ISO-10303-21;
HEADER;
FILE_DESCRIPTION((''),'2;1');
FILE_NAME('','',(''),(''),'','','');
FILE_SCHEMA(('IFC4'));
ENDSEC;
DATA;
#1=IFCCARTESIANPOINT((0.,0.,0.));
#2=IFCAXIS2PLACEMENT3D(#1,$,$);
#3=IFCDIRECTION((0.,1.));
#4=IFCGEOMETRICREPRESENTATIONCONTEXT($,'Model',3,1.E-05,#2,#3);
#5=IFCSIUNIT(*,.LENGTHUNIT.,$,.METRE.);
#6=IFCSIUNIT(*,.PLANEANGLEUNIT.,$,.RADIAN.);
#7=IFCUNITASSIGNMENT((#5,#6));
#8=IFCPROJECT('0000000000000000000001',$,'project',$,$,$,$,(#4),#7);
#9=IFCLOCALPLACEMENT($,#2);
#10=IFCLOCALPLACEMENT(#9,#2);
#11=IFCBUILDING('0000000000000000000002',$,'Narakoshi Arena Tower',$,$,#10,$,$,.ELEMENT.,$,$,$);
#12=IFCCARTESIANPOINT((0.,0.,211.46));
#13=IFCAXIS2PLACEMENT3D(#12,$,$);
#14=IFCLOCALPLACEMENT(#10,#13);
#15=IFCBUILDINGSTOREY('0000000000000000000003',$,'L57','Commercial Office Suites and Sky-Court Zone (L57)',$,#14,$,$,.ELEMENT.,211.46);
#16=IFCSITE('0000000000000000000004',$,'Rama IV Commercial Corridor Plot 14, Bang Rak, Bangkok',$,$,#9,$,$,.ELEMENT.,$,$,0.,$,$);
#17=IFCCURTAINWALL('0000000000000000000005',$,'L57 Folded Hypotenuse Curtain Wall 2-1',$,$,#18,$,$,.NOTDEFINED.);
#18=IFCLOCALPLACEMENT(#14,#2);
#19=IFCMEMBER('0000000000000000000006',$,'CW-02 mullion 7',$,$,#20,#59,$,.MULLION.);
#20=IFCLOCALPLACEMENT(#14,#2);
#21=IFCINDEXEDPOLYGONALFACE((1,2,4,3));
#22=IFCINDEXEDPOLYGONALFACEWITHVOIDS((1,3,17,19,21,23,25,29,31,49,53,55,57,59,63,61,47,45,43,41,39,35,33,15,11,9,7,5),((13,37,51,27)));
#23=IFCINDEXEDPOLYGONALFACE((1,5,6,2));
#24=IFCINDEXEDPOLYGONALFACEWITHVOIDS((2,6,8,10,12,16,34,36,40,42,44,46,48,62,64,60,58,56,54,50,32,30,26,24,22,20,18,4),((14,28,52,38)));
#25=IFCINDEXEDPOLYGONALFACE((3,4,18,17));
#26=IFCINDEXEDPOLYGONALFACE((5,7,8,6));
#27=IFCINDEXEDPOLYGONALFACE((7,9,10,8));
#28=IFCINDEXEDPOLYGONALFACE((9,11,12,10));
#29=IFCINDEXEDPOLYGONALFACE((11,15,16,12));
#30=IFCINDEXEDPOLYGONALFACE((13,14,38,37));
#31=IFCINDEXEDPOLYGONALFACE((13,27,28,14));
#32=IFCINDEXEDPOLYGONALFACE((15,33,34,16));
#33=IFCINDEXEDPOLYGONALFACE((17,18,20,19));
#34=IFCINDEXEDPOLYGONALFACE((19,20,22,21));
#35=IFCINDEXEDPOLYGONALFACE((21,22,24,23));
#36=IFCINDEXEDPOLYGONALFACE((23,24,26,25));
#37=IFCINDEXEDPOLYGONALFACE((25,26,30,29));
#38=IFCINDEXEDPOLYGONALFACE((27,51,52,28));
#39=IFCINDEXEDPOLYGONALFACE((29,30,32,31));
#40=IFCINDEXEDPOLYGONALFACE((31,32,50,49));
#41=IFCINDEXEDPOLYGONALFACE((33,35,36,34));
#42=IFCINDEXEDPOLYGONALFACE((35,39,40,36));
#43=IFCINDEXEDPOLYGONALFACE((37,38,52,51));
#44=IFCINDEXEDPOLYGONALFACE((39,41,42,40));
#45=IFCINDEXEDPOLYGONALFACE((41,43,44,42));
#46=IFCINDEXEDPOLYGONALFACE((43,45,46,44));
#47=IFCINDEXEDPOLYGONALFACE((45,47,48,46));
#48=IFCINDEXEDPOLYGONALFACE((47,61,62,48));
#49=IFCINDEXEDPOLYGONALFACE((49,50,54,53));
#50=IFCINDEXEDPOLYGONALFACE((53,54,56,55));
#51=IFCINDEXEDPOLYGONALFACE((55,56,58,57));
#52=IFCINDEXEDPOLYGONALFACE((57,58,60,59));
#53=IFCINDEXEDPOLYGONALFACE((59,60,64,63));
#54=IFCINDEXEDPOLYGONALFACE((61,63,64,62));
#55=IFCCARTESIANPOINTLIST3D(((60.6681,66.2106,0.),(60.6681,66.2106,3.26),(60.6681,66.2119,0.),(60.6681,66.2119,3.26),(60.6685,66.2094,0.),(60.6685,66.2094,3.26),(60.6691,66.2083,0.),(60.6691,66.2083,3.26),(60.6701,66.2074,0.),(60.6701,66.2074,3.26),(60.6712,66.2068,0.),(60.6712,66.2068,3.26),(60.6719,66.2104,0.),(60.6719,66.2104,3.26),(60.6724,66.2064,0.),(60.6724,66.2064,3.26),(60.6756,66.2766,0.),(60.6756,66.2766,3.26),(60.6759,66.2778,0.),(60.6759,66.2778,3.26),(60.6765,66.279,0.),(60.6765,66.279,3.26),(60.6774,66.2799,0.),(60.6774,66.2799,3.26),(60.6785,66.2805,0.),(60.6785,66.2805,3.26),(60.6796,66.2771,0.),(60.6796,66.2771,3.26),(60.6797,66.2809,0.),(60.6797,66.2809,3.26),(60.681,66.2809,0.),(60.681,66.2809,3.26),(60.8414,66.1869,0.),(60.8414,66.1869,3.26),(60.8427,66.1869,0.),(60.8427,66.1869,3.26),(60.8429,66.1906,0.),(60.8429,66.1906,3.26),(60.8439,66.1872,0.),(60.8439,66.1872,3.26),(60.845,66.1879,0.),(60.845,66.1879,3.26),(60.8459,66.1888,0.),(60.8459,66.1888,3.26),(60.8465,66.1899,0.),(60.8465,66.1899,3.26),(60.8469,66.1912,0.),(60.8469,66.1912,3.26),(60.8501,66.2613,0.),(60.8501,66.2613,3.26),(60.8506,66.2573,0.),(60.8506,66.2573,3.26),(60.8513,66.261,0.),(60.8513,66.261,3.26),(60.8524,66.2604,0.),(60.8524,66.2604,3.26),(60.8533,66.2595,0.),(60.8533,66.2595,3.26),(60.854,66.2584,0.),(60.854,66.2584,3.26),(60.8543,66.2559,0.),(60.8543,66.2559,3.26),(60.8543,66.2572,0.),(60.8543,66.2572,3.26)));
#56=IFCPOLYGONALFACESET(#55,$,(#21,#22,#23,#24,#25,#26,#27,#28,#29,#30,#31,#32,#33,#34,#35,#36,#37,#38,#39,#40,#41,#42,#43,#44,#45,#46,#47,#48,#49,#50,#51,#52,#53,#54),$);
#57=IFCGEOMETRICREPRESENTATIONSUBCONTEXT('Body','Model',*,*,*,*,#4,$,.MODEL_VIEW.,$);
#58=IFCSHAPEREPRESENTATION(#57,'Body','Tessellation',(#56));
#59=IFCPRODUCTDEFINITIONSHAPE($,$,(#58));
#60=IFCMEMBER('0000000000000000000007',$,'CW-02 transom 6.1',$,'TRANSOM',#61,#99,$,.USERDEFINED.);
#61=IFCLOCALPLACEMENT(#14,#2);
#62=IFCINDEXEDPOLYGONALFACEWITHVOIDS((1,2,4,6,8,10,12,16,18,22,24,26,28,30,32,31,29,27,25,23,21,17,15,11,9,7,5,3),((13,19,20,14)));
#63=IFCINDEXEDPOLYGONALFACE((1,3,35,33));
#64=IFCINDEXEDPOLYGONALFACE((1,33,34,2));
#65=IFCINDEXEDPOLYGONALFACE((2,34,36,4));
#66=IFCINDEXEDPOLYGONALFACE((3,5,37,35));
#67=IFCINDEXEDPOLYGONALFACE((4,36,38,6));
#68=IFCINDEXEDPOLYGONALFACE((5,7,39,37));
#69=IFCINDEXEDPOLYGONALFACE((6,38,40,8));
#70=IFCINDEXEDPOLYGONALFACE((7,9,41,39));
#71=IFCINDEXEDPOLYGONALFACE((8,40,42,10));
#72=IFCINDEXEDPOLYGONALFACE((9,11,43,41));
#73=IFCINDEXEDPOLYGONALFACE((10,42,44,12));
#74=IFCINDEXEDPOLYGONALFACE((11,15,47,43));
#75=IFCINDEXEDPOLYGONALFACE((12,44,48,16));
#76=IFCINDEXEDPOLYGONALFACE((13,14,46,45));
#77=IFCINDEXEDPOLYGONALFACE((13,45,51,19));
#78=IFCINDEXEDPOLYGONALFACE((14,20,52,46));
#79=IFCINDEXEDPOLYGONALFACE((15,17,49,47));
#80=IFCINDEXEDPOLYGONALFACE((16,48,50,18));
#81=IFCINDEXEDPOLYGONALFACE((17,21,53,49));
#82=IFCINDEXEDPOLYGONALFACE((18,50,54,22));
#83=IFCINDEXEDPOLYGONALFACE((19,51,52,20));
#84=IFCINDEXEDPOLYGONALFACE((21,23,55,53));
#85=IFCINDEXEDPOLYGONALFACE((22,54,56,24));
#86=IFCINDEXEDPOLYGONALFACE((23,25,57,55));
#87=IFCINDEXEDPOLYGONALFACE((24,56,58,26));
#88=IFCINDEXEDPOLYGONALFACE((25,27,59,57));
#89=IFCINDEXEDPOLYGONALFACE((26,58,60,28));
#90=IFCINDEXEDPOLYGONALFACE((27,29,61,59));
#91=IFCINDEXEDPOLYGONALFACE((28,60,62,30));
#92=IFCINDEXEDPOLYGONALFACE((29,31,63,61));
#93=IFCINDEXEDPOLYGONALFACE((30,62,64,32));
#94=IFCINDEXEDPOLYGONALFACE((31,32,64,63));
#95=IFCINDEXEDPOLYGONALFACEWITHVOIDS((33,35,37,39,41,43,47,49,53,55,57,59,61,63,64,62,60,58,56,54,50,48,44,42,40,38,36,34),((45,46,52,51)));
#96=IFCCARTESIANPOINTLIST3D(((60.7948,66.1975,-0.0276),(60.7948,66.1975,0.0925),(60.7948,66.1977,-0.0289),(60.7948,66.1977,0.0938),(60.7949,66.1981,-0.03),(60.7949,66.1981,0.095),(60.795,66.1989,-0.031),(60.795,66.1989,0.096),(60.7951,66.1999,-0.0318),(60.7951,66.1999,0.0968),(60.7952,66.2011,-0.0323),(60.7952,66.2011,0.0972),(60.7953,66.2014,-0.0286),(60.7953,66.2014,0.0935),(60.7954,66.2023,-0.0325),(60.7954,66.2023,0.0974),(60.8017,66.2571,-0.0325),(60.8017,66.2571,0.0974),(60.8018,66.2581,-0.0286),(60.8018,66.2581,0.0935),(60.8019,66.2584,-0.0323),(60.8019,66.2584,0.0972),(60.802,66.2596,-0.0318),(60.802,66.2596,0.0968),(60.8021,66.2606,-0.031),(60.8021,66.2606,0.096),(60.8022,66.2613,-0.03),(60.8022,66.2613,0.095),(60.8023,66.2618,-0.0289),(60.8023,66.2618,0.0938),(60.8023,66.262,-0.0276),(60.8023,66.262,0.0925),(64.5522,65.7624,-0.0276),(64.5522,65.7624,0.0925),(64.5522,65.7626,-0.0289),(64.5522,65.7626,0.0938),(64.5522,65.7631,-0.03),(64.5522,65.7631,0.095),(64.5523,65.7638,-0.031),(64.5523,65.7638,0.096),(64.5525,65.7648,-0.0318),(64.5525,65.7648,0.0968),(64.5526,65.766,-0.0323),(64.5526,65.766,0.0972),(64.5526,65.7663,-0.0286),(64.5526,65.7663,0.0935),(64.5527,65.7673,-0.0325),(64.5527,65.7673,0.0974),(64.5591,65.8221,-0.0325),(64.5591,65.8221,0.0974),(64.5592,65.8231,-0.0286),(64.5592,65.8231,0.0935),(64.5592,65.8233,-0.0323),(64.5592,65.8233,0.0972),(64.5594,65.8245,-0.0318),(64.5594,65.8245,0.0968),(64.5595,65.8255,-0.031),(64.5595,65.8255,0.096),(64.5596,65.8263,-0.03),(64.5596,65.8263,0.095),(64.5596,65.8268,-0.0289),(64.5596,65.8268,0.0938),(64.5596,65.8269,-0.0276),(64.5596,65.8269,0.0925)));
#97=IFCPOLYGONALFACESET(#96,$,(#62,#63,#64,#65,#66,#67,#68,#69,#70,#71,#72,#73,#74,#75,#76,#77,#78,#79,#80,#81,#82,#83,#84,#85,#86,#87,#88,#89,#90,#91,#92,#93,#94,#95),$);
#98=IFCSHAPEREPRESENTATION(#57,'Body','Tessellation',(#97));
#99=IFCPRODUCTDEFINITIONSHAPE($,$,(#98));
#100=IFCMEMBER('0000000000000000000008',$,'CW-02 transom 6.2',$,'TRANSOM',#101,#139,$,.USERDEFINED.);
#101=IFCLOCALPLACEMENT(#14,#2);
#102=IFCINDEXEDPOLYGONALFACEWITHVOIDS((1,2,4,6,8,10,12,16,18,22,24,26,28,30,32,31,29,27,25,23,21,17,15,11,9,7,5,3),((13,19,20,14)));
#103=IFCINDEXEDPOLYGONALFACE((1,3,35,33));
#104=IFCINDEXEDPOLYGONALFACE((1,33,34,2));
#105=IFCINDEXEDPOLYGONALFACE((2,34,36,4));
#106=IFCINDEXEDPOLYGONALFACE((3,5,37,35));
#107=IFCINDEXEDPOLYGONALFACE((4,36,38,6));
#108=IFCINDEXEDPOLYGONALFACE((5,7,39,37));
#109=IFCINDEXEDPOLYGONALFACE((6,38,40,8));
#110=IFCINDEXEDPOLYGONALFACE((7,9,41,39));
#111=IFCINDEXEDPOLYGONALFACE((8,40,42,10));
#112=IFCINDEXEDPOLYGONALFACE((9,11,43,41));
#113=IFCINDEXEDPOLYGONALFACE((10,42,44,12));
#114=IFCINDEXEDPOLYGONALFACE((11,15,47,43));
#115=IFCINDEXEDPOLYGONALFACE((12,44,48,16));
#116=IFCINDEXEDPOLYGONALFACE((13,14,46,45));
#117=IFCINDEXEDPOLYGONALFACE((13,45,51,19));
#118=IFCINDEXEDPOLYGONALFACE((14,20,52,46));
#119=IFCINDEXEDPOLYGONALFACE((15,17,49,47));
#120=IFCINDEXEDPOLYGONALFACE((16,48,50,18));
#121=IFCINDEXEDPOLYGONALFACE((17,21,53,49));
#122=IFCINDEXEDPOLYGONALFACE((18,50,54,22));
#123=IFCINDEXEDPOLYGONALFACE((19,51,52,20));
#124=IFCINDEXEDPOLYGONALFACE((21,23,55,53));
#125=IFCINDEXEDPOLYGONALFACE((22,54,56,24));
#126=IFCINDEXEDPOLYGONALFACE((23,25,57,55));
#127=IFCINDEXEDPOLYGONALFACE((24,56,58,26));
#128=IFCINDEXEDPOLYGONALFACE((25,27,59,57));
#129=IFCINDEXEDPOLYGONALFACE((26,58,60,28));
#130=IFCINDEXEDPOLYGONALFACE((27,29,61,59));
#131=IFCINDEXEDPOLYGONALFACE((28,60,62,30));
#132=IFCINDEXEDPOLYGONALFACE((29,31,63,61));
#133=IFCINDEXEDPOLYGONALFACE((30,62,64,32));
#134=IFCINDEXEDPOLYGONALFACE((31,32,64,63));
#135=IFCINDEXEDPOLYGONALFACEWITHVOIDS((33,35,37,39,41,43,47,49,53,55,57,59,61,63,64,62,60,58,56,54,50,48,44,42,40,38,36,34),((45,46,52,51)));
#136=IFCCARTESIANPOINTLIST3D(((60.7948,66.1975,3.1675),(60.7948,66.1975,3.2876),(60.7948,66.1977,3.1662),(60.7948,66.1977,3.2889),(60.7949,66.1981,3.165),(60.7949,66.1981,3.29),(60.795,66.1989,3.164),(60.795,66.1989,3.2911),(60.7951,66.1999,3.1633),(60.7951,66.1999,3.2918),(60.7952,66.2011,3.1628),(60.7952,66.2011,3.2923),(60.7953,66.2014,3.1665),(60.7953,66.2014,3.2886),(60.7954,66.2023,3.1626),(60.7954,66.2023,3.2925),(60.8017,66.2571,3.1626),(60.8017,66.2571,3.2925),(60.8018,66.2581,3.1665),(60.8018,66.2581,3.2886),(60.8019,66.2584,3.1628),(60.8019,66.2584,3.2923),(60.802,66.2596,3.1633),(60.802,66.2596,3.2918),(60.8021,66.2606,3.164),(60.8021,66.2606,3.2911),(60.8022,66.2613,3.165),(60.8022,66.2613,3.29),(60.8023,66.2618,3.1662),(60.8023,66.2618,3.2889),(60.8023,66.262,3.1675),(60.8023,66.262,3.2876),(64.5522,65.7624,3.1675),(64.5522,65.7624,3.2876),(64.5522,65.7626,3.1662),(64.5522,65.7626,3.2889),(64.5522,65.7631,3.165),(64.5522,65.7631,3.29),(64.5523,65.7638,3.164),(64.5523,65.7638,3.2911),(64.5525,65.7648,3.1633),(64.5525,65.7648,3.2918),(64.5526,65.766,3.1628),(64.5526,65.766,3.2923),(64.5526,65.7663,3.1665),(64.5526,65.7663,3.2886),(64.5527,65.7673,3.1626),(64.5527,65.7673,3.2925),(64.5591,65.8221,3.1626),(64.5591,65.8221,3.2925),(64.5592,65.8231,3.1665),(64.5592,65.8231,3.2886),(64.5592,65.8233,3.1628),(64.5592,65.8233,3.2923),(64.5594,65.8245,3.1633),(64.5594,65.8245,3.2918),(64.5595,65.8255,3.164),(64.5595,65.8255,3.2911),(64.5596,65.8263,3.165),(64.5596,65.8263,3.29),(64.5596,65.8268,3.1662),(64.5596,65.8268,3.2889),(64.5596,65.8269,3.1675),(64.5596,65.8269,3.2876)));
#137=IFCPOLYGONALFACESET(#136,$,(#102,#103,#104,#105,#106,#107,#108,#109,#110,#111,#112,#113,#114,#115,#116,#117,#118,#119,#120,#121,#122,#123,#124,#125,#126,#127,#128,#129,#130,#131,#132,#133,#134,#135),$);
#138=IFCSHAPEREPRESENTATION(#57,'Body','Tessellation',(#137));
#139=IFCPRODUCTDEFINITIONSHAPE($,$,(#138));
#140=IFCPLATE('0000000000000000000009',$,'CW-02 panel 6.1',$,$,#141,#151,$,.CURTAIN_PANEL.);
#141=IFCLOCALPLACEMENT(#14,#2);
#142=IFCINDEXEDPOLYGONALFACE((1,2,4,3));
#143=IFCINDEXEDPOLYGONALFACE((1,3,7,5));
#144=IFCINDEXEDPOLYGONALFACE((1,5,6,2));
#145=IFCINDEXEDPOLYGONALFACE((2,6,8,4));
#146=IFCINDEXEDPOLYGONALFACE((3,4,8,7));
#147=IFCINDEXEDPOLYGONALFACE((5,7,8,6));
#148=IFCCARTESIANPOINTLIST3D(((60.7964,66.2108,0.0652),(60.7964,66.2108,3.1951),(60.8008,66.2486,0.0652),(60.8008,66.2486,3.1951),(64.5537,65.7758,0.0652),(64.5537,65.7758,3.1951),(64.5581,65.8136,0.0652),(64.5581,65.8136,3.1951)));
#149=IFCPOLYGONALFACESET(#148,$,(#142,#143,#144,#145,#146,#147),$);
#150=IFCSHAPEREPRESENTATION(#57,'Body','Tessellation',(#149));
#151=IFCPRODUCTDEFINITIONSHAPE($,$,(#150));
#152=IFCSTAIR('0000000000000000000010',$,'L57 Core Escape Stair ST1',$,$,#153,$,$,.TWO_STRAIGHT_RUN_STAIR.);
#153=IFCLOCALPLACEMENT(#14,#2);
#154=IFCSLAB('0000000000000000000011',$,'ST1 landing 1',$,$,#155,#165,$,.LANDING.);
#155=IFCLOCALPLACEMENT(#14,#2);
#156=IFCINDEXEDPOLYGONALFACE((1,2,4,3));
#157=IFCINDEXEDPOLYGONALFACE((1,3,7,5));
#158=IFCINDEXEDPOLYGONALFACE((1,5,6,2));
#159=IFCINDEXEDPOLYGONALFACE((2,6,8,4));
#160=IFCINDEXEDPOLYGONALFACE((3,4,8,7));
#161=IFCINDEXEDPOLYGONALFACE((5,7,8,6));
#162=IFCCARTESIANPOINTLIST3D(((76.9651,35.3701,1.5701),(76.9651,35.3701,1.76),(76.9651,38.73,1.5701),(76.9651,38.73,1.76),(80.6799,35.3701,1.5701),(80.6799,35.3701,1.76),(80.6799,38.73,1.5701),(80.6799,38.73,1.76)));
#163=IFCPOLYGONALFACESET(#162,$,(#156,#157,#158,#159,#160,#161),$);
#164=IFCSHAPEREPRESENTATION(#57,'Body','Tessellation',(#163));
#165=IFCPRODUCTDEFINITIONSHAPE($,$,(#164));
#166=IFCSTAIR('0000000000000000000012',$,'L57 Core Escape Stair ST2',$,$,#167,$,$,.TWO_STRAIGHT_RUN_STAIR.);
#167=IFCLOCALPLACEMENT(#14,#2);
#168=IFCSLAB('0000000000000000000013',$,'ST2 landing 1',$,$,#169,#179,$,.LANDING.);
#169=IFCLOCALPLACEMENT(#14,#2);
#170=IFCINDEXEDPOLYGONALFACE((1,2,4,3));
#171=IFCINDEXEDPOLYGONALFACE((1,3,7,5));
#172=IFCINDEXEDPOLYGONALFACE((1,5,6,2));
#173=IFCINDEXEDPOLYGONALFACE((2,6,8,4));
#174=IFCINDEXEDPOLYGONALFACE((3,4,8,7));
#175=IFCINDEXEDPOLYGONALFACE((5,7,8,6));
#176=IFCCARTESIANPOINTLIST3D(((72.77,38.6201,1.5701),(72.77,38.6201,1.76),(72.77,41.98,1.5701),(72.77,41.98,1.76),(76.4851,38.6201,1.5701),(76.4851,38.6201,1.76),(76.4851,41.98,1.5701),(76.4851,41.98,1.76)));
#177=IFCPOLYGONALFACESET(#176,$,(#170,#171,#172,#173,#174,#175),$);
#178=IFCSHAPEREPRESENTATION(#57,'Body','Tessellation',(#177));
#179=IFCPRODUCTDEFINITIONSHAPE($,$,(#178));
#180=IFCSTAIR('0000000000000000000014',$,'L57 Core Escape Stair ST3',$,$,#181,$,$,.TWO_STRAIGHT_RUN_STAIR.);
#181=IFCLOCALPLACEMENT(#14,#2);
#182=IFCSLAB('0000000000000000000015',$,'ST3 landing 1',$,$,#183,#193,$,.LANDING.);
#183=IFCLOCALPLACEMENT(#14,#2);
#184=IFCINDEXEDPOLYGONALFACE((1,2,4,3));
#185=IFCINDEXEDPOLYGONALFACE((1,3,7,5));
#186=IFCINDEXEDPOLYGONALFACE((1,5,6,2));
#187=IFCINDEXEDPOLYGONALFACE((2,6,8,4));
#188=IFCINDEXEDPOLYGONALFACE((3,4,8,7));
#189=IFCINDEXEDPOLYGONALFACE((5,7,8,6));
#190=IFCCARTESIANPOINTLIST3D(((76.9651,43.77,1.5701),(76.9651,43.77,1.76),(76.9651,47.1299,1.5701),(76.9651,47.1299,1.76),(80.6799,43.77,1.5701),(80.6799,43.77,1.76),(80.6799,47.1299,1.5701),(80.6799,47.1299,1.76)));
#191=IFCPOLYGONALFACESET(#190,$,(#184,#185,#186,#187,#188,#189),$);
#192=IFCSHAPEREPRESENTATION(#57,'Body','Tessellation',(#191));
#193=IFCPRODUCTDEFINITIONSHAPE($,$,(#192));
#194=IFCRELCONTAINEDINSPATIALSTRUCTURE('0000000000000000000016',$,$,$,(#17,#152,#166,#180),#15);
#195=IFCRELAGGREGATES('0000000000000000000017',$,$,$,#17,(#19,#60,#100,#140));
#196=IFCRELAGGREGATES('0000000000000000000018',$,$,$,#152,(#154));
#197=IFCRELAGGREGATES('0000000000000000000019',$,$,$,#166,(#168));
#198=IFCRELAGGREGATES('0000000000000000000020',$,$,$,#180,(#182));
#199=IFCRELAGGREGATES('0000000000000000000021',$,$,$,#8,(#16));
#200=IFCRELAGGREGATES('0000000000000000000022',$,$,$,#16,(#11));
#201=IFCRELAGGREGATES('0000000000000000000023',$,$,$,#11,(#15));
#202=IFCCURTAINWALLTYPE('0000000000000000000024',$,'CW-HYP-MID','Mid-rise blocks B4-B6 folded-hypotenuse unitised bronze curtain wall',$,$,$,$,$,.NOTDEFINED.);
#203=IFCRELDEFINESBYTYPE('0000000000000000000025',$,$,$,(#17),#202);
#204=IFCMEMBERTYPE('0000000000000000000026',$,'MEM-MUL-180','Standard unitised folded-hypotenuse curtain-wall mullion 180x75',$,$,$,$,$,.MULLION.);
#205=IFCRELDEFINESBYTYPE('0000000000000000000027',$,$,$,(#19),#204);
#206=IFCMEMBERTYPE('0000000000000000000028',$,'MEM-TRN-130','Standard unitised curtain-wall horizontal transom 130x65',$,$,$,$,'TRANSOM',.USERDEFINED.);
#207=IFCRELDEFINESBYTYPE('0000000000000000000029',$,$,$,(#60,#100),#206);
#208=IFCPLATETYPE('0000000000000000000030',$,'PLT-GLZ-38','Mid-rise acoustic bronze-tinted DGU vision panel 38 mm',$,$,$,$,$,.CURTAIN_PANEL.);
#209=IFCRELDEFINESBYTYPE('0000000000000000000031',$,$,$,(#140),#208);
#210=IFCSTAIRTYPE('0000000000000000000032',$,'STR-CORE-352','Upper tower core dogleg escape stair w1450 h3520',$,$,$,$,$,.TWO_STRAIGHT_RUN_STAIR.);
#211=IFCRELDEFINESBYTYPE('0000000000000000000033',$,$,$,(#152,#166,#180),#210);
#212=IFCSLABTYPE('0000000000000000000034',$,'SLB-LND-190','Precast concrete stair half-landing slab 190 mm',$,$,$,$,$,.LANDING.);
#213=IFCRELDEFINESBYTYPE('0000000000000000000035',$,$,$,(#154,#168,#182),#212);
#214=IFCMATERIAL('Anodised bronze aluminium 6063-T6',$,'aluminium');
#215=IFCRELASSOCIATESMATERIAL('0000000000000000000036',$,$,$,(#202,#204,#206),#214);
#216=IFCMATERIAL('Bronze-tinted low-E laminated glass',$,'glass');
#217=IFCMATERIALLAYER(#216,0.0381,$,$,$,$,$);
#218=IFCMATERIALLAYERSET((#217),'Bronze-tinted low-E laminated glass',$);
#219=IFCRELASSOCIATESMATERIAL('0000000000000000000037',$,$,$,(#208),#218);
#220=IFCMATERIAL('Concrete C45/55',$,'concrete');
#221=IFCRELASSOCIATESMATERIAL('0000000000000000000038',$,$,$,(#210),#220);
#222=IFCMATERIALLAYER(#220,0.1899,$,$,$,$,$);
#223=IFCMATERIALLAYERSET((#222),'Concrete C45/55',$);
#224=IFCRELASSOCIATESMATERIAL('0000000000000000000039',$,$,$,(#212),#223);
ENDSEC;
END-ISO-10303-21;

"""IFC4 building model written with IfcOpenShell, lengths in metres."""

from ifc_helpers import new_model, si_unit, direction, frame, origin, origin_2d, place, context, subcontext, project, spatial, polyline, rectangle, hollow_rectangle, outline, extrude, material, layer, layer_set, material_profile, profile_set, type_object, element, aggregate, save


model = new_model("IFC4")

# Units and contexts
model_context = context("Model", 3, precision=1e-05, world=origin(), true_north=direction((0.0, 1.0)))
body_context = subcontext(model_context, "Body", "Model", "MODEL_VIEW")
ifc_project = project(units=[si_unit("LENGTHUNIT", "METRE"), si_unit("PLANEANGLEUNIT", "RADIAN")], contexts=[model_context])

# Site, building, storey
site_placement = place(None, origin())
site = spatial("IfcSite", under=ifc_project, at=site_placement, Name="Rama IV Commercial Corridor Plot 14, Bang Rak, Bangkok", CompositionType="ELEMENT", RefElevation=0.0)
building_placement = place(site_placement, origin())
building = spatial("IfcBuilding", under=site, at=building_placement, Name="Narakoshi Arena Tower", CompositionType="ELEMENT")
storey_placement = place(building_placement, frame((0.0, 0.0, 211.46)))
storey = spatial("IfcBuildingStorey", under=building, at=storey_placement, Name="L57", Description="Commercial Office Suites and Sky-Court Zone (L57)", CompositionType="ELEMENT", Elevation=211.46)

# Curtain wall, members, plate
ifc_material_1 = material(Name="Anodised bronze aluminium 6063-T6", Category="aluminium")
curtain_wall_type = type_object("IfcCurtainWallType", Name="CW-HYP-MID", Description="Mid-rise blocks B4-B6 folded-hypotenuse unitised bronze curtain wall", PredefinedType="NOTDEFINED", material=ifc_material_1)
curtain_wall_placement = place(storey_placement, origin())
curtain_wall = element("IfcCurtainWall", 1, at=curtain_wall_placement, inside=storey, type_object=curtain_wall_type, Name="L57 Folded Hypotenuse Curtain Wall 2-1", PredefinedType="NOTDEFINED")
ifc_material_profile_1 = material_profile(ifc_material_1, hollow_rectangle(XDim=0.075, YDim=0.1799, WallThickness=0.0039, OuterFilletRadius=0.0049, at=origin_2d()), Name="MUL180x75x4")
ifc_profile_set_1 = profile_set([ifc_material_profile_1], Name="Anodised bronze aluminium 6063-T6")
member_type_1 = type_object("IfcMemberType", Name="MEM-MUL-180", Description="Standard unitised folded-hypotenuse curtain-wall mullion 180x75", PredefinedType="MULLION", material=ifc_profile_set_1)
member_1_placement = place(storey_placement, frame((60.7612, 66.2339, 0.0), z_axis=(0.0, 0.0, 1.0), x_axis=(-0.115011, -0.993364, 0.0)))
member_1 = element("IfcMember", 2, at=member_1_placement, type_object=member_type_1, Name="CW-02 mullion 7", PredefinedType="MULLION", context=body_context, shape_type="SweptSolid", body=[
    extrude(hollow_rectangle(XDim=0.075, YDim=0.1799, WallThickness=0.0039, OuterFilletRadius=0.0049, at=origin_2d()), origin(), (0.0, 0.0, 1.0), 3.26),
])
ifc_material_profile_2 = material_profile(ifc_material_1, hollow_rectangle(XDim=0.0649, YDim=0.1299, WallThickness=0.0039, OuterFilletRadius=0.0049, at=origin_2d()), Name="TRN130x65x4")
ifc_profile_set_2 = profile_set([ifc_material_profile_2], Name="Anodised bronze aluminium 6063-T6")
member_type_2 = type_object("IfcMemberType", Name="MEM-TRN-130", Description="Standard unitised curtain-wall horizontal transom 130x65", ElementType="TRANSOM", PredefinedType="USERDEFINED", material=ifc_profile_set_2)
member_2_placement = place(storey_placement, frame((64.5559, 65.7947, 0.0325), z_axis=(-0.993363, 0.115021, 0.0), x_axis=(-0.115021, -0.993363, 0.0)))
member_2 = element("IfcMember", 3, at=member_2_placement, type_object=member_type_2, Name="CW-02 transom 6.1", ObjectType="TRANSOM", PredefinedType="USERDEFINED", context=body_context, shape_type="SweptSolid", body=[
    extrude(hollow_rectangle(XDim=0.0649, YDim=0.1299, WallThickness=0.0039, OuterFilletRadius=0.0049, at=origin_2d()), origin(), (0.0, 0.0, 1.0), 3.7825),
])
member_3_placement = place(storey_placement, frame((64.5559, 65.7947, 3.2275), z_axis=(-0.993363, 0.115021, 0.0), x_axis=(-0.115021, -0.993363, 0.0)))
member_3 = element("IfcMember", 4, at=member_3_placement, type_object=member_type_2, Name="CW-02 transom 6.2", ObjectType="TRANSOM", PredefinedType="USERDEFINED", context=body_context, shape_type="SweptSolid", body=[
    extrude(hollow_rectangle(XDim=0.0649, YDim=0.1299, WallThickness=0.0039, OuterFilletRadius=0.0049, at=origin_2d()), origin(), (0.0, 0.0, 1.0), 3.7825),
])
ifc_material_2 = material(Name="Bronze-tinted low-E laminated glass", Category="glass")
ifc_layer_1 = layer(ifc_material_2, 0.0381)
ifc_layer_set_1 = layer_set([ifc_layer_1], Name="Bronze-tinted low-E laminated glass")
plate_type = type_object("IfcPlateType", Name="PLT-GLZ-38", Description="Mid-rise acoustic bronze-tinted DGU vision panel 38 mm", PredefinedType="CURTAIN_PANEL", material=ifc_layer_set_1)
plate_placement = place(storey_placement, frame((62.6772, 66.0122, 0.0652), z_axis=(0.0, 0.0, 1.0), x_axis=(-0.993364, 0.115011, 0.0)))
plate = element("IfcPlate", 5, at=plate_placement, type_object=plate_type, Name="CW-02 panel 6.1", PredefinedType="CURTAIN_PANEL", context=body_context, shape_type="SweptSolid", body=[
    extrude(rectangle(XDim=3.7825, YDim=0.0381, at=origin_2d()), origin(), (0.0, 0.0, 1.0), 3.1299),
])
aggregate(curtain_wall, [member_1, member_2, member_3, plate])

# Stairs, slabs
ifc_material_3 = material(Name="Concrete C45/55", Category="concrete")
stair_type = type_object("IfcStairType", Name="STR-CORE-352", Description="Upper tower core dogleg escape stair w1450 h3520", PredefinedType="TWO_STRAIGHT_RUN_STAIR", material=ifc_material_3)
stair_1_placement = place(storey_placement, origin())
stair_1 = element("IfcStair", 6, at=stair_1_placement, inside=storey, type_object=stair_type, Name="L57 Core Escape Stair ST1", PredefinedType="TWO_STRAIGHT_RUN_STAIR")
ifc_layer_2 = layer(ifc_material_3, 0.1899)
ifc_layer_set_2 = layer_set([ifc_layer_2], Name="Concrete C45/55")
slab_type_1 = type_object("IfcSlabType", Name="SLB-LND-190", Description="Precast concrete stair half-landing slab 190 mm", PredefinedType="LANDING", material=ifc_layer_set_2)
slab_1_placement = place(storey_placement, frame((0.0, 0.0, 1.5701)))
slab_1 = element("IfcSlab", 7, at=slab_1_placement, type_object=slab_type_1, Name="ST1 landing 1", PredefinedType="LANDING", context=body_context, shape_type="SweptSolid", body=[
    extrude(outline(polyline([(76.9651, 35.3701), (80.6799, 35.3701), (80.6799, 38.73), (76.9651, 38.73), (76.9651, 35.3701)])), origin(), (0.0, 0.0, 1.0), 0.1899),
])
aggregate(stair_1, [slab_1])
stair_2_placement = place(storey_placement, origin())
stair_2 = element("IfcStair", 8, at=stair_2_placement, inside=storey, type_object=stair_type, Name="L57 Core Escape Stair ST2", PredefinedType="TWO_STRAIGHT_RUN_STAIR")
slab_2_placement = place(storey_placement, frame((0.0, 0.0, 1.5701)))
slab_2 = element("IfcSlab", 9, at=slab_2_placement, type_object=slab_type_1, Name="ST2 landing 1", PredefinedType="LANDING", context=body_context, shape_type="SweptSolid", body=[
    extrude(outline(polyline([(72.77, 38.6201), (76.4851, 38.6201), (76.4851, 41.98), (72.77, 41.98), (72.77, 38.6201)])), origin(), (0.0, 0.0, 1.0), 0.1899),
])
aggregate(stair_2, [slab_2])
stair_3_placement = place(storey_placement, origin())
stair_3 = element("IfcStair", 10, at=stair_3_placement, inside=storey, type_object=stair_type, Name="L57 Core Escape Stair ST3", PredefinedType="TWO_STRAIGHT_RUN_STAIR")
slab_3_placement = place(storey_placement, frame((0.0, 0.0, 1.5701)))
slab_3 = element("IfcSlab", 11, at=slab_3_placement, type_object=slab_type_1, Name="ST3 landing 1", PredefinedType="LANDING", context=body_context, shape_type="SweptSolid", body=[
    extrude(outline(polyline([(76.9651, 43.77), (80.6799, 43.77), (80.6799, 47.1299), (76.9651, 47.1299), (76.9651, 43.77)])), origin(), (0.0, 0.0, 1.0), 0.1899),
])
aggregate(stair_3, [slab_3])

save(model, "model.ifc")
